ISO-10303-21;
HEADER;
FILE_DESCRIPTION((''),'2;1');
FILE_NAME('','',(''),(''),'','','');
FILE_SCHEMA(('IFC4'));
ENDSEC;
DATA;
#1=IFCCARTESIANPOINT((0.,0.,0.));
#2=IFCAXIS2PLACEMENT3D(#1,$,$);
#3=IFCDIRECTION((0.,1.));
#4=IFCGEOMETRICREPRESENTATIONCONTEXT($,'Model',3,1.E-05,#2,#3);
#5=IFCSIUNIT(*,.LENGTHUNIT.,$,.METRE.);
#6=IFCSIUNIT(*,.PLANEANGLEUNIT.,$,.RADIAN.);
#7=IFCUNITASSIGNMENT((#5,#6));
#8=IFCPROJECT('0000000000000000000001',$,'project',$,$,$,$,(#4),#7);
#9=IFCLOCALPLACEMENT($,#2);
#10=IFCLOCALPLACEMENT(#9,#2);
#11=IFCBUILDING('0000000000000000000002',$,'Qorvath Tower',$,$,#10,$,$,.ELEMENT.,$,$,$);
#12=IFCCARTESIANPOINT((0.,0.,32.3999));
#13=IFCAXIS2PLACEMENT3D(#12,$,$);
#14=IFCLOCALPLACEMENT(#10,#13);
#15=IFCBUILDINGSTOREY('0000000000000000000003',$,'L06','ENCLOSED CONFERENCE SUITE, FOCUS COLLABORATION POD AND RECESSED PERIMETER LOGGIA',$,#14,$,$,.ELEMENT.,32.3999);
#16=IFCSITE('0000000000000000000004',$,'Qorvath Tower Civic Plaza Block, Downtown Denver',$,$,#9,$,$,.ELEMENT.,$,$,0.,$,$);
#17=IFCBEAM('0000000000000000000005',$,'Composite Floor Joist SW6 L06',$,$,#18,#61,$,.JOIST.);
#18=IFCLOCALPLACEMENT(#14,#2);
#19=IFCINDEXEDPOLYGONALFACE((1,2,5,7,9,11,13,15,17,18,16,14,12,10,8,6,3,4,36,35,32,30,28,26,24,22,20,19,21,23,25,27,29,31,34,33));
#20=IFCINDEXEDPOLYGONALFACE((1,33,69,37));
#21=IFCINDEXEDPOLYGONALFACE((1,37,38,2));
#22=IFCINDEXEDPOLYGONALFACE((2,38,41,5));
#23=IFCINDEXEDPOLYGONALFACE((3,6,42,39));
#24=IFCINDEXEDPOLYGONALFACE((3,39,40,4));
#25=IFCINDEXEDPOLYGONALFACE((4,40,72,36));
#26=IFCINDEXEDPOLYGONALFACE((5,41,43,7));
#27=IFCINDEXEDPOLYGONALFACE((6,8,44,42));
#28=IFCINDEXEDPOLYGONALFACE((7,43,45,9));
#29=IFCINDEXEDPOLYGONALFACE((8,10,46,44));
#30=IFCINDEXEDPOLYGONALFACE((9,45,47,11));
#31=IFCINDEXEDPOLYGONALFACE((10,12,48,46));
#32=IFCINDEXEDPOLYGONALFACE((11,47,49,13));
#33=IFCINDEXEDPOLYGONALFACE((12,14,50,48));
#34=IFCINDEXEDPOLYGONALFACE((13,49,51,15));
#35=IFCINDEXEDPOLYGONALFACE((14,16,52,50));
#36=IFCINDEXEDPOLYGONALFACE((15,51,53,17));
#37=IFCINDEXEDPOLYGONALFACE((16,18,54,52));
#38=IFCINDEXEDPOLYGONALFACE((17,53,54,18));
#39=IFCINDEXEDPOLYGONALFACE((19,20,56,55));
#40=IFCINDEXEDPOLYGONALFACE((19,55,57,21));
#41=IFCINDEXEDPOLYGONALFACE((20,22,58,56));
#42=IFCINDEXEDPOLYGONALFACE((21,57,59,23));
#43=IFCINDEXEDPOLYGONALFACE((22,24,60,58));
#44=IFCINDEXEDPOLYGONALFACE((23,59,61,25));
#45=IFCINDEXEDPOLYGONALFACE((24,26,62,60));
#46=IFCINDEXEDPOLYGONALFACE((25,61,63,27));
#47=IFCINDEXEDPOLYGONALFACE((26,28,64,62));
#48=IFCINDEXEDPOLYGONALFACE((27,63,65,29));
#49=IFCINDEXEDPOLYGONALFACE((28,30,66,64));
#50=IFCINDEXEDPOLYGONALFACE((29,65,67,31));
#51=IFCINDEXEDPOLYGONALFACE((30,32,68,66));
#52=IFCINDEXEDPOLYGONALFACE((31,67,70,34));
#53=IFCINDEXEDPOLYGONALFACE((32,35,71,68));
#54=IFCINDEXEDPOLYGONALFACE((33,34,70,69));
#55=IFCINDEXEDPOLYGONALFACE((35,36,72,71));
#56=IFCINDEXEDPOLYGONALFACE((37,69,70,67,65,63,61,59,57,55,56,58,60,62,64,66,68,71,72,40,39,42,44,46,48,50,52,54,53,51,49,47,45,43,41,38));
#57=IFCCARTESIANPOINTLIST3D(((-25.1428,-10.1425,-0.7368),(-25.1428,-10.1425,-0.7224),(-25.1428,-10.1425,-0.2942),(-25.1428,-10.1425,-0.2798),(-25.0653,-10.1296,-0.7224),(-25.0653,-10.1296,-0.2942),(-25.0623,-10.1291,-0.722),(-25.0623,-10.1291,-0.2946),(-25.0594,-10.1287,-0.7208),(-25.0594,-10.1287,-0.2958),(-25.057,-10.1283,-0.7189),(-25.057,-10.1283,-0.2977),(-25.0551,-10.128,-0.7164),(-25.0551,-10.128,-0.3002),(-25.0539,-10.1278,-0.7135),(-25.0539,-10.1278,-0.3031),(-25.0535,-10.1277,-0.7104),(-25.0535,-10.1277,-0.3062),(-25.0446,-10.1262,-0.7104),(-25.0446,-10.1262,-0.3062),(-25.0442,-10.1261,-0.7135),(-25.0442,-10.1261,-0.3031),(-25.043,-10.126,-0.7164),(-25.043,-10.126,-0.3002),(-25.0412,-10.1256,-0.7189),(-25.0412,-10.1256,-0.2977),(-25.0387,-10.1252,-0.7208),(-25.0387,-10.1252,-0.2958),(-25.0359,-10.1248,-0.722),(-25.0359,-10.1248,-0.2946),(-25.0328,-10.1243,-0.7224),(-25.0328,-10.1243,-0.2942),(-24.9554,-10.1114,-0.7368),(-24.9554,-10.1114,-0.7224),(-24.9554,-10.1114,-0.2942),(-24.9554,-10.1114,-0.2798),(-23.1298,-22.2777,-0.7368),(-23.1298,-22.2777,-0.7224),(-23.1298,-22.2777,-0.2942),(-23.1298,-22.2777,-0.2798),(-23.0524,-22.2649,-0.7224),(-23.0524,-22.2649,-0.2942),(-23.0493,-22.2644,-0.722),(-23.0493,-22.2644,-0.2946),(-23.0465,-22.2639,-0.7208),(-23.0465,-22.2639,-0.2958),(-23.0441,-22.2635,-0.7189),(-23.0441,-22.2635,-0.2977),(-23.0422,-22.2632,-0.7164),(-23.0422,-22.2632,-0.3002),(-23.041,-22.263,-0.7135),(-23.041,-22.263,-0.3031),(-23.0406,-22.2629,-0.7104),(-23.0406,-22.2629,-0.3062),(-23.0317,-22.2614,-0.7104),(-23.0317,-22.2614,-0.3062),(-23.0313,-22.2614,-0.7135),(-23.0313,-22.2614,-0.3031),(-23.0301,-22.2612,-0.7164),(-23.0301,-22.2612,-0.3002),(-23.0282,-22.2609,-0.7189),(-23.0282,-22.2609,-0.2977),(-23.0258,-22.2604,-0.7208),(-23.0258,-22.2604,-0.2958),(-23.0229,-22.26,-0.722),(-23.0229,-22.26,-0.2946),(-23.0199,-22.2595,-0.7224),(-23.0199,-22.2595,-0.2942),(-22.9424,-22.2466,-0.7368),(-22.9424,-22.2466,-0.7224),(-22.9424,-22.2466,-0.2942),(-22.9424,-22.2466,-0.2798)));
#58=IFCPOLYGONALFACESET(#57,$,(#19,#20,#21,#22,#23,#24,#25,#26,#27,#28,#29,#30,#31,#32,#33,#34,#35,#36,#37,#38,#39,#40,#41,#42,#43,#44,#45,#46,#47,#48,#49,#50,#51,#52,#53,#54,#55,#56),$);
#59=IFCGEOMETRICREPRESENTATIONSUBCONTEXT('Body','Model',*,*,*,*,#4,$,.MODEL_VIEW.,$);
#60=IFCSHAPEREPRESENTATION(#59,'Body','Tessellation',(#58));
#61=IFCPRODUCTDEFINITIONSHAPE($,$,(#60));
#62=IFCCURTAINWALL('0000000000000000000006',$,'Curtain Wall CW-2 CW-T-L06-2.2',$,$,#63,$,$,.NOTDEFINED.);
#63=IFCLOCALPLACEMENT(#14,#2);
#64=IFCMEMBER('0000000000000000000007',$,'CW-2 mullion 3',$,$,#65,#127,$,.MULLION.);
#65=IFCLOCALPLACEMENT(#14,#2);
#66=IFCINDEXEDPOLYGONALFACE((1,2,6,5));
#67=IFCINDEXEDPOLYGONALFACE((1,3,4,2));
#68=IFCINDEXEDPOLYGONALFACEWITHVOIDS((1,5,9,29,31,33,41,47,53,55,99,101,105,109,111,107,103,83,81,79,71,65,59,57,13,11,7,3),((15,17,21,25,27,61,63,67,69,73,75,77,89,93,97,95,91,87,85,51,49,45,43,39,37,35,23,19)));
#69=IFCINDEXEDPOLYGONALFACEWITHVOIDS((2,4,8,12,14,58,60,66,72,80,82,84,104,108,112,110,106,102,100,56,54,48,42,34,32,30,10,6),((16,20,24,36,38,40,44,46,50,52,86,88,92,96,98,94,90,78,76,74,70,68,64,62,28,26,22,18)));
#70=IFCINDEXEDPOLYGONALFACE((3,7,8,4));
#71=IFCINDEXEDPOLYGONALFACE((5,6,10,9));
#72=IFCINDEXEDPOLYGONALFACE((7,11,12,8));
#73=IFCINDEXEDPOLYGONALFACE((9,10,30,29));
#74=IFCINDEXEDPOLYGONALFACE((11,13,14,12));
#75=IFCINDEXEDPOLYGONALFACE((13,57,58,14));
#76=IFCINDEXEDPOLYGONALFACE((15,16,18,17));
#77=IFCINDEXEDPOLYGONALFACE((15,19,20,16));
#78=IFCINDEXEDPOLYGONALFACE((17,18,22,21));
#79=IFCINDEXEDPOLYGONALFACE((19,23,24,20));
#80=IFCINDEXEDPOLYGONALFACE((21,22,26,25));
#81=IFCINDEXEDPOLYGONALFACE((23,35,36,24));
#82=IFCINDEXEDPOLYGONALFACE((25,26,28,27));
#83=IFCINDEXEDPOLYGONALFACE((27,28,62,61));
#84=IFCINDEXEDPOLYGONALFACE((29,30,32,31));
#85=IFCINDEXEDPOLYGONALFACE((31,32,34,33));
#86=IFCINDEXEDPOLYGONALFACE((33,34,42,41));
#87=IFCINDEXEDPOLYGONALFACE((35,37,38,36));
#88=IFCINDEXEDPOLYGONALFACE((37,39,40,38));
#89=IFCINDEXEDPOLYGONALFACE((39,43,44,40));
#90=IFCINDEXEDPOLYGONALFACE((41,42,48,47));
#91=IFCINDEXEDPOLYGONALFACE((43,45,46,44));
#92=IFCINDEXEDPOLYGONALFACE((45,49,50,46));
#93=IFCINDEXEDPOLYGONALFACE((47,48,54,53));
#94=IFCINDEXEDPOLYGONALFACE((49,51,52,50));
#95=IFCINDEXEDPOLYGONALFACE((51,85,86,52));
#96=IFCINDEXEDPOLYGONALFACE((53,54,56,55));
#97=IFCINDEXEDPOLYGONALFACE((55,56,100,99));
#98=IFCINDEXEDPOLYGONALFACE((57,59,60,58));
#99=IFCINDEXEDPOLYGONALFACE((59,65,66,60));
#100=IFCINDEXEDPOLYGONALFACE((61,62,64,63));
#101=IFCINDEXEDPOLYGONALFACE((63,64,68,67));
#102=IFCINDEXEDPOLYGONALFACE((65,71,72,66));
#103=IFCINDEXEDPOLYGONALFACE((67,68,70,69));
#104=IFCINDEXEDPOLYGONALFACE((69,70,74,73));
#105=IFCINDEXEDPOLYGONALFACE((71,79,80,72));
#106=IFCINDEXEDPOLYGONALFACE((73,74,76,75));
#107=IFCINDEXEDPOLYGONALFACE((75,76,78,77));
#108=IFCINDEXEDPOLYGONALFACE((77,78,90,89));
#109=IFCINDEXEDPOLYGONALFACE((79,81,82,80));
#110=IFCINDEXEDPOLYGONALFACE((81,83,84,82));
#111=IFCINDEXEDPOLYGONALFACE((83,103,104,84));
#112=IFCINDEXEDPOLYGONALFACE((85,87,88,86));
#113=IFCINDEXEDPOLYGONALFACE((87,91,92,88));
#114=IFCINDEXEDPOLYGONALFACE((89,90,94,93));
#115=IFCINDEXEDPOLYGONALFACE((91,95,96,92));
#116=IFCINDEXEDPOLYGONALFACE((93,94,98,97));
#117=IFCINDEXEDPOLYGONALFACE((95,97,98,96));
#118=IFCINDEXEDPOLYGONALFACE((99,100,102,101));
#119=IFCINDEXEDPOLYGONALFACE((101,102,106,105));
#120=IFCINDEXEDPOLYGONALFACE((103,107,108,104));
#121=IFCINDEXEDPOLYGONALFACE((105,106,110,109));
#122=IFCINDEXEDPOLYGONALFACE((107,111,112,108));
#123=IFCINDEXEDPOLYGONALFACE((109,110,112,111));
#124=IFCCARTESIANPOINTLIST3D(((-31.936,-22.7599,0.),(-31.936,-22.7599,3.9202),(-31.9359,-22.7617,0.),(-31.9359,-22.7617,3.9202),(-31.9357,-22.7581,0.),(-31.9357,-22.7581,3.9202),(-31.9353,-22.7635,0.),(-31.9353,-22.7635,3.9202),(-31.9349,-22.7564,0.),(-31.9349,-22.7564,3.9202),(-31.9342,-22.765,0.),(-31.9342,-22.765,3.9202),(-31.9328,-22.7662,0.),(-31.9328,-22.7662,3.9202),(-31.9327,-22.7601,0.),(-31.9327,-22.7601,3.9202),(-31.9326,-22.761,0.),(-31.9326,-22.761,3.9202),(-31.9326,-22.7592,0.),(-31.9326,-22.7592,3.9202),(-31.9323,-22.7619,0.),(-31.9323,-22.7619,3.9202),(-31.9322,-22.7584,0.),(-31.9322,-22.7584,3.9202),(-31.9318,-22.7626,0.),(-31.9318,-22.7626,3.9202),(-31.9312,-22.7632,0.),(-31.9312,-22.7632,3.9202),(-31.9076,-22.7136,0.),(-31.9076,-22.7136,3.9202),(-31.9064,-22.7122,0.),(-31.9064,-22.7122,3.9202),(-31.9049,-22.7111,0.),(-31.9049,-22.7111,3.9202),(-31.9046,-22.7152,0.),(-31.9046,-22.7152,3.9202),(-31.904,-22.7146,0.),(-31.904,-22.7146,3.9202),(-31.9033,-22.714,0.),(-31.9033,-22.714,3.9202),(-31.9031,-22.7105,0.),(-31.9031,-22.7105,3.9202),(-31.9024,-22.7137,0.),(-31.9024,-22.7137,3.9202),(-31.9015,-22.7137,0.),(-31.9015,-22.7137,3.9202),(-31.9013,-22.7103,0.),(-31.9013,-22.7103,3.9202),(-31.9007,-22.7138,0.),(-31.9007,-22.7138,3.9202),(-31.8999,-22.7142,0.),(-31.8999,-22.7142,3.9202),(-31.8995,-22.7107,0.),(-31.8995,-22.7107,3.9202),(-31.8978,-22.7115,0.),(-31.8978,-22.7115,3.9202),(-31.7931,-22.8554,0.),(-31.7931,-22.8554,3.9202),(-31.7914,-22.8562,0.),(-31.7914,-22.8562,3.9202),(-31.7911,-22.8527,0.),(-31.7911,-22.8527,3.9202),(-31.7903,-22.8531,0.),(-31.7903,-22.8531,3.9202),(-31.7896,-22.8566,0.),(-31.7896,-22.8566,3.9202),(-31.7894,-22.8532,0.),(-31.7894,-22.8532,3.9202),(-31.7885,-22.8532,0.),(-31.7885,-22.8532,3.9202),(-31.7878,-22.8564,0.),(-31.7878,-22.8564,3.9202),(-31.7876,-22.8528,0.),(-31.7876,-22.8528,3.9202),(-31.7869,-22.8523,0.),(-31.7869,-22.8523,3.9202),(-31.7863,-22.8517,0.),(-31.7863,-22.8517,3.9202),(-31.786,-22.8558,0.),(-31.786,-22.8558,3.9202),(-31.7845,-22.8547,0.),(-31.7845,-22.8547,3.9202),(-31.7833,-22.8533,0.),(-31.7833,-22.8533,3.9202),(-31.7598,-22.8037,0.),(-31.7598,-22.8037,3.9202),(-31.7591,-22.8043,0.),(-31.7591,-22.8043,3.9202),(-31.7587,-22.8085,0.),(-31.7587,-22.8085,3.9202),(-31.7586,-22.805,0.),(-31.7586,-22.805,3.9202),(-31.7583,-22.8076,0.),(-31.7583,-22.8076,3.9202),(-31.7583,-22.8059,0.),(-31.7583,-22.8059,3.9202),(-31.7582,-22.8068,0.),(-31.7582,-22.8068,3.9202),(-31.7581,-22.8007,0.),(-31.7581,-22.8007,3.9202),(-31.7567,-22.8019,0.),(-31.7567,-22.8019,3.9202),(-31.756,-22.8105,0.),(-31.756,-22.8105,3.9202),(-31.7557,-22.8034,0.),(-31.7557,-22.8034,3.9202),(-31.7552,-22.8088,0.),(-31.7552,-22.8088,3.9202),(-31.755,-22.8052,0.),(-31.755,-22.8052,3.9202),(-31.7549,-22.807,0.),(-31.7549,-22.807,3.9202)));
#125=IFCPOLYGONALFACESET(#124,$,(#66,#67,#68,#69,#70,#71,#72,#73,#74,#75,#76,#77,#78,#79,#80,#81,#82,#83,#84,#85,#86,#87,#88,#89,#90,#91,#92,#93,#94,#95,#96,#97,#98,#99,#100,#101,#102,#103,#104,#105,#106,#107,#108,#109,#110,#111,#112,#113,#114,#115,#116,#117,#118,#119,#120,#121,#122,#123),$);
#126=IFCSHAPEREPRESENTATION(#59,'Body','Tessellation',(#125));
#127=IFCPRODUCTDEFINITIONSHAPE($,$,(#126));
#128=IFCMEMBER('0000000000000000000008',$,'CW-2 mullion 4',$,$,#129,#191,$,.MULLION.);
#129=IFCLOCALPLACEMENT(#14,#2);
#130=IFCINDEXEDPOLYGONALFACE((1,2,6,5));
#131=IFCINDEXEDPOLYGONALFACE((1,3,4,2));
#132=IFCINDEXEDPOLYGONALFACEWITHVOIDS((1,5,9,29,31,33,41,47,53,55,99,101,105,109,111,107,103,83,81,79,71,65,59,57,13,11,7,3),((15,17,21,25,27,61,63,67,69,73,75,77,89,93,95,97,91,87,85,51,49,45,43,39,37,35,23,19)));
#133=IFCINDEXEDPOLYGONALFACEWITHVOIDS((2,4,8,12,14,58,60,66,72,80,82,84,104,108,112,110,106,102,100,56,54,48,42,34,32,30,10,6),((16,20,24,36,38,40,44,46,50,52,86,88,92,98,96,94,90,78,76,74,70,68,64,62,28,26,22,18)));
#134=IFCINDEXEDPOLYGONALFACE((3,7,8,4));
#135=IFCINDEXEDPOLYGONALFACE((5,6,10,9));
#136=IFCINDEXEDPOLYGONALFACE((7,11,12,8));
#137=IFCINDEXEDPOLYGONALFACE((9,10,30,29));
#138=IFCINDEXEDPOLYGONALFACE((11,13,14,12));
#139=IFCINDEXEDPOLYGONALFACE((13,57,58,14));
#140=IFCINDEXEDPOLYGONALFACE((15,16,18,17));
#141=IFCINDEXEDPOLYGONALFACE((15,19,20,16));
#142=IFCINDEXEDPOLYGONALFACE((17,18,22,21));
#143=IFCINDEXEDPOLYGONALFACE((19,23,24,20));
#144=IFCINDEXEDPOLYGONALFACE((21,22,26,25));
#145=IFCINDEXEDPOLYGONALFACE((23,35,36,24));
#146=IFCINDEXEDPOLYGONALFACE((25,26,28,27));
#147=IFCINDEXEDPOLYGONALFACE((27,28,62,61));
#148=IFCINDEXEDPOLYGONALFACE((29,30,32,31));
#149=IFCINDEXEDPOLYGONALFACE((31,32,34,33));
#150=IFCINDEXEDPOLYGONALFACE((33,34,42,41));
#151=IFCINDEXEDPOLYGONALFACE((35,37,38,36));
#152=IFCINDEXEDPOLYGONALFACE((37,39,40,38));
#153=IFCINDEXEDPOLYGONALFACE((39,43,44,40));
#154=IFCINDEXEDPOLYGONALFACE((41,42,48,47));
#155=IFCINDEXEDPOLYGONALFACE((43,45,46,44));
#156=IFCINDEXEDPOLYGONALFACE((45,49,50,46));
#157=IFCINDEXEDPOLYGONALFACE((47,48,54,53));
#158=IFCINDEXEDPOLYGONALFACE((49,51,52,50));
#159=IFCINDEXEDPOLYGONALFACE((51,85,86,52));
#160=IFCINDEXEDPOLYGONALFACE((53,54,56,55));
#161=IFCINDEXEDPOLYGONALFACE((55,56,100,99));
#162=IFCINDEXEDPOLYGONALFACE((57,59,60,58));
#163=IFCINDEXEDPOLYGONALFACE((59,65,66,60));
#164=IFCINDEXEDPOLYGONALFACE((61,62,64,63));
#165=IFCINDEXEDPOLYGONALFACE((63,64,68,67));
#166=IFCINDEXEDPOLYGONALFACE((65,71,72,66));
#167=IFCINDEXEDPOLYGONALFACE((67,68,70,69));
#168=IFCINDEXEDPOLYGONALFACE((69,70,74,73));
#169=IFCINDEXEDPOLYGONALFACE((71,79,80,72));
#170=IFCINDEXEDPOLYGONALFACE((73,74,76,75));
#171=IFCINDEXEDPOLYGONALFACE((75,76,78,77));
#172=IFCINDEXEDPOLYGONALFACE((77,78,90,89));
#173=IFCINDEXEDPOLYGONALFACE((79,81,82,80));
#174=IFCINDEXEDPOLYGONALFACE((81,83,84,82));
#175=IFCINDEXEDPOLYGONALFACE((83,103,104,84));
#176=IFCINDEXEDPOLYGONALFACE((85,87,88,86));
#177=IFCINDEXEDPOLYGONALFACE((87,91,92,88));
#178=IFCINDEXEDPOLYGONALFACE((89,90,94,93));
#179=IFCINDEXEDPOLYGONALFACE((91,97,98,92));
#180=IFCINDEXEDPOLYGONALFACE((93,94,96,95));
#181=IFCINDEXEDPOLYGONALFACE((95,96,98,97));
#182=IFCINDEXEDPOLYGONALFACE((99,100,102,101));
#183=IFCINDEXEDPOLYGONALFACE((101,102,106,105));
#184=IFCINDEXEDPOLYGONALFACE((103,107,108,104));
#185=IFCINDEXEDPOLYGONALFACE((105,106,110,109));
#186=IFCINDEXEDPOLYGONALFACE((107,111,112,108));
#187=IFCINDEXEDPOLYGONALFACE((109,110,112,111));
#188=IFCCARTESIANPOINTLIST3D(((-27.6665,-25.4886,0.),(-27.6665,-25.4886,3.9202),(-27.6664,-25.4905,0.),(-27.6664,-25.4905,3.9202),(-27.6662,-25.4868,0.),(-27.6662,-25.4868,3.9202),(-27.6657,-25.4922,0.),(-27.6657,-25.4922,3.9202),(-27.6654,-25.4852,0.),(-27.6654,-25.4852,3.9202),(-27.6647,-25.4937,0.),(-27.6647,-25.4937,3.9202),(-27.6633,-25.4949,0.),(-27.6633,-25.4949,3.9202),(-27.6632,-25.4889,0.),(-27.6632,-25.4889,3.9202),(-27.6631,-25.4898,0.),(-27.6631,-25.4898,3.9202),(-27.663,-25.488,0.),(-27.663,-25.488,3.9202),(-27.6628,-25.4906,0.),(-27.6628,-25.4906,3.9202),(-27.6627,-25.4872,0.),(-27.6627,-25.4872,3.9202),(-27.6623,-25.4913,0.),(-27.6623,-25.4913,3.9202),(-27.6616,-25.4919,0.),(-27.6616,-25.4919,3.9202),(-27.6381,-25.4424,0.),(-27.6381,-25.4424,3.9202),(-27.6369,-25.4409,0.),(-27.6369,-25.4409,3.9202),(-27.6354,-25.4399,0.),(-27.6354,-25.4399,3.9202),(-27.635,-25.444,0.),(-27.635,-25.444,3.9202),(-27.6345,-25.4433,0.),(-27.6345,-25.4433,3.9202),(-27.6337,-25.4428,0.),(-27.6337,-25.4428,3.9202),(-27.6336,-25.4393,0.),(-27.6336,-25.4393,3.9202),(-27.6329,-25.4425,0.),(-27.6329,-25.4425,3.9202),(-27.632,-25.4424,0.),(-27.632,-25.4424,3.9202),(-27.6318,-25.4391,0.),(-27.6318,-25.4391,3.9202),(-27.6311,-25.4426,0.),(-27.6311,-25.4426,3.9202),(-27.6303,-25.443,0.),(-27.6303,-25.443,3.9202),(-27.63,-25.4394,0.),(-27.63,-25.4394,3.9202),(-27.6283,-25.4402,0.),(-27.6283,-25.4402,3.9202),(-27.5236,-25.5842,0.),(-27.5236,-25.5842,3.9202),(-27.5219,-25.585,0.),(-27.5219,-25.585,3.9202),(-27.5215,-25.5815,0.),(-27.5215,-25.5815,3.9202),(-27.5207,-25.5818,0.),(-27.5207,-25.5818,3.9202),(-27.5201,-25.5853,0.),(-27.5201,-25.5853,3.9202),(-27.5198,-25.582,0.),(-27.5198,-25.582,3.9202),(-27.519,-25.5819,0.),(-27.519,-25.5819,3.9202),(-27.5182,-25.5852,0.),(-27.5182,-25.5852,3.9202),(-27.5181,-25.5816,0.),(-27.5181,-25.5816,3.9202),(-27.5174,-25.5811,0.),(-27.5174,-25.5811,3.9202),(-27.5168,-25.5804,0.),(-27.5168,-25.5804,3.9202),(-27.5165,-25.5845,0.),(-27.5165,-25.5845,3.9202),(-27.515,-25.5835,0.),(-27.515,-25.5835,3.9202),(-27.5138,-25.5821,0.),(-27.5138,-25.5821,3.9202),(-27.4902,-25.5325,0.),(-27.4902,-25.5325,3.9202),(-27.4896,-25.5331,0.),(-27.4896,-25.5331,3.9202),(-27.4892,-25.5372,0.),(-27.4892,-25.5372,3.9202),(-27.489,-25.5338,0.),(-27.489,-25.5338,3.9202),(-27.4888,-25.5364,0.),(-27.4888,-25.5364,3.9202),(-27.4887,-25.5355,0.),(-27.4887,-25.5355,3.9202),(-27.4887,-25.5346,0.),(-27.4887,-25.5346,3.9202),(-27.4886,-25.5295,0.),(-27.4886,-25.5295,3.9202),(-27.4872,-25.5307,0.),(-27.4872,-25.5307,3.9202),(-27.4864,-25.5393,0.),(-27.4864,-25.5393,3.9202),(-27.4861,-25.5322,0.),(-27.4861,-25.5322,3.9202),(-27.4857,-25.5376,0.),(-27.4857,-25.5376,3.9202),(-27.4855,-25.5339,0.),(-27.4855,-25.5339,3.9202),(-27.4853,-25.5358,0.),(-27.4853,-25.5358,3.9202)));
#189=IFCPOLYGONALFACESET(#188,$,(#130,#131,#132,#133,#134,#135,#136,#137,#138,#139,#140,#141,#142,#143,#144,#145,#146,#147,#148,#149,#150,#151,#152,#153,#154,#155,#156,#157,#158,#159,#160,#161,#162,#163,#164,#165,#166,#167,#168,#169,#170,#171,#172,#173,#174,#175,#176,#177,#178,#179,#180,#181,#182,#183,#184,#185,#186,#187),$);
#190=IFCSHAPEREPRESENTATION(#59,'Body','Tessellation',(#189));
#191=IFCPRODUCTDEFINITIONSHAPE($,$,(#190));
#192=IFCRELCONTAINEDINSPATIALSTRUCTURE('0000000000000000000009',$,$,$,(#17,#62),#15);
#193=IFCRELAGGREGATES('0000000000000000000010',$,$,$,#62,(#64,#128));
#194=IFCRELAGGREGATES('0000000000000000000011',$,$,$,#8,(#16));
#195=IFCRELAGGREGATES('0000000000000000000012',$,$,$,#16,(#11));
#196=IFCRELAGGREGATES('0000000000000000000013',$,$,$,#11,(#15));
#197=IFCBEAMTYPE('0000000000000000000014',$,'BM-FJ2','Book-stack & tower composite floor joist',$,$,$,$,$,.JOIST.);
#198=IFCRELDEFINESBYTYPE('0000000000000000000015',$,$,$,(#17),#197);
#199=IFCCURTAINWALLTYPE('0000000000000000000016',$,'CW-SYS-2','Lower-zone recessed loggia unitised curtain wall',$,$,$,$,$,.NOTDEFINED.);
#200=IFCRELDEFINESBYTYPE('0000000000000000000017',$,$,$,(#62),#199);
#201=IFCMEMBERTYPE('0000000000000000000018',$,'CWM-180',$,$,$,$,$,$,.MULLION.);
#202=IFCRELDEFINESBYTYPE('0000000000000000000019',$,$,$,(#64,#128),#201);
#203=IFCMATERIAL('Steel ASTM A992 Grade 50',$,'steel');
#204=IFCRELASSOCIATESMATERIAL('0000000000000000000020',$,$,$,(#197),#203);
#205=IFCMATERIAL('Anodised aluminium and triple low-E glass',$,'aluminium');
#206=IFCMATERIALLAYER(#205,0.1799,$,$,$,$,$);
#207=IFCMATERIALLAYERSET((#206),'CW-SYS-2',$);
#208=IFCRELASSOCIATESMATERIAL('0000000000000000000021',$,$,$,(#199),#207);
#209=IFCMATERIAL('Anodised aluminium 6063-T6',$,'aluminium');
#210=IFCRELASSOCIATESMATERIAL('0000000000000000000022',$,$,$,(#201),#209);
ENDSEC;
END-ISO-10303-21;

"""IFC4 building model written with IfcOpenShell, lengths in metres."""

from ifc_helpers import new_model, si_unit, direction, frame, origin, origin_2d, place, context, subcontext, project, spatial, hollow_rectangle, i_section, extrude, material, layer, layer_set, material_profile, profile_set, type_object, element, aggregate, save


model = new_model("IFC4")

# Units and contexts
model_context = context("Model", 3, precision=1e-05, world=origin(), true_north=direction((0.0, 1.0)))
body_context = subcontext(model_context, "Body", "Model", "MODEL_VIEW")
ifc_project = project(units=[si_unit("LENGTHUNIT", "METRE"), si_unit("PLANEANGLEUNIT", "RADIAN")], contexts=[model_context])

# Site, building, storey
site_placement = place(None, origin())
site = spatial("IfcSite", under=ifc_project, at=site_placement, Name="Qorvath Tower Civic Plaza Block, Downtown Denver", CompositionType="ELEMENT", RefElevation=0.0)
building_placement = place(site_placement, origin())
building = spatial("IfcBuilding", under=site, at=building_placement, Name="Qorvath Tower", CompositionType="ELEMENT")
storey_placement = place(building_placement, frame((0.0, 0.0, 32.3999)))
storey = spatial("IfcBuildingStorey", under=building, at=storey_placement, Name="L06", Description="ENCLOSED CONFERENCE SUITE, FOCUS COLLABORATION POD AND RECESSED PERIMETER LOGGIA", CompositionType="ELEMENT", Elevation=32.3999)

# Beam
ifc_material_1 = material(Name="Steel ASTM A992 Grade 50", Category="steel")
ifc_material_profile_1 = material_profile(ifc_material_1, i_section(OverallWidth=0.1899, OverallDepth=0.457, WebThickness=0.009, FlangeThickness=0.0144, FilletRadius=0.012, at=origin_2d()), Name="W18x50")
ifc_profile_set_1 = profile_set([ifc_material_profile_1], Name="Steel ASTM A992 Grade 50")
beam_type_1 = type_object("IfcBeamType", Name="BM-FJ2", Description="Book-stack & tower composite floor joist", PredefinedType="JOIST", material=ifc_profile_set_1)
beam_1_placement = place(storey_placement, frame((-25.0491, -10.127, -0.5083), z_axis=(0.163639, -0.98652, 0.0), x_axis=(0.98652, 0.163639, 0.0)))
element("IfcBeam", 1, at=beam_1_placement, inside=storey, type_object=beam_type_1, Name="Composite Floor Joist SW6 L06", PredefinedType="JOIST", context=body_context, shape_type="SweptSolid", body=[
    extrude(i_section(OverallWidth=0.1899, OverallDepth=0.457, WebThickness=0.009, FlangeThickness=0.0144, FilletRadius=0.012, at=origin_2d()), origin(), (0.0, 0.0, 1.0), 12.301),
])

# Curtain wall, members
ifc_material_2 = material(Name="Anodised aluminium and triple low-E glass", Category="aluminium")
ifc_layer_1 = layer(ifc_material_2, 0.1799)
ifc_layer_set_1 = layer_set([ifc_layer_1], Name="CW-SYS-2")
curtain_wall_type = type_object("IfcCurtainWallType", Name="CW-SYS-2", Description="Lower-zone recessed loggia unitised curtain wall", PredefinedType="NOTDEFINED", material=ifc_layer_set_1)
curtain_wall_placement = place(storey_placement, origin())
curtain_wall = element("IfcCurtainWall", 2, at=curtain_wall_placement, inside=storey, type_object=curtain_wall_type, Name="Curtain Wall CW-2 CW-T-L06-2.2", PredefinedType="NOTDEFINED")
ifc_material_3 = material(Name="Anodised aluminium 6063-T6", Category="aluminium")
ifc_material_profile_2 = material_profile(ifc_material_3, hollow_rectangle(XDim=0.0649, YDim=0.1799, WallThickness=0.0034, InnerFilletRadius=0.0034, OuterFilletRadius=0.0071, at=origin_2d()), Name="CWM 180x65")
ifc_profile_set_2 = profile_set([ifc_material_profile_2], Name="Anodised aluminium 6063-T6")
member_type_1 = type_object("IfcMemberType", Name="CWM-180", PredefinedType="MULLION", material=ifc_profile_set_2)
member_1_placement = place(storey_placement, frame((-31.8455, -22.7834, 0.0), z_axis=(0.0, 0.0, 1.0), x_axis=(0.538533, 0.842605, 0.0)))
member_1 = element("IfcMember", 3, at=member_1_placement, type_object=member_type_1, Name="CW-2 mullion 3", PredefinedType="MULLION", context=body_context, shape_type="SweptSolid", body=[
    extrude(hollow_rectangle(XDim=0.0649, YDim=0.1799, WallThickness=0.0034, InnerFilletRadius=0.0034, OuterFilletRadius=0.0071, at=origin_2d()), origin(), (0.0, 0.0, 1.0), 3.9202),
])
member_2_placement = place(storey_placement, frame((-27.5759, -25.5122, 0.0), z_axis=(0.0, 0.0, 1.0), x_axis=(0.538533, 0.842605, 0.0)))
member_2 = element("IfcMember", 4, at=member_2_placement, type_object=member_type_1, Name="CW-2 mullion 4", PredefinedType="MULLION", context=body_context, shape_type="SweptSolid", body=[
    extrude(hollow_rectangle(XDim=0.0649, YDim=0.1799, WallThickness=0.0034, InnerFilletRadius=0.0034, OuterFilletRadius=0.0071, at=origin_2d()), origin(), (0.0, 0.0, 1.0), 3.9202),
])
aggregate(curtain_wall, [member_1, member_2])

save(model, "model.ifc")
